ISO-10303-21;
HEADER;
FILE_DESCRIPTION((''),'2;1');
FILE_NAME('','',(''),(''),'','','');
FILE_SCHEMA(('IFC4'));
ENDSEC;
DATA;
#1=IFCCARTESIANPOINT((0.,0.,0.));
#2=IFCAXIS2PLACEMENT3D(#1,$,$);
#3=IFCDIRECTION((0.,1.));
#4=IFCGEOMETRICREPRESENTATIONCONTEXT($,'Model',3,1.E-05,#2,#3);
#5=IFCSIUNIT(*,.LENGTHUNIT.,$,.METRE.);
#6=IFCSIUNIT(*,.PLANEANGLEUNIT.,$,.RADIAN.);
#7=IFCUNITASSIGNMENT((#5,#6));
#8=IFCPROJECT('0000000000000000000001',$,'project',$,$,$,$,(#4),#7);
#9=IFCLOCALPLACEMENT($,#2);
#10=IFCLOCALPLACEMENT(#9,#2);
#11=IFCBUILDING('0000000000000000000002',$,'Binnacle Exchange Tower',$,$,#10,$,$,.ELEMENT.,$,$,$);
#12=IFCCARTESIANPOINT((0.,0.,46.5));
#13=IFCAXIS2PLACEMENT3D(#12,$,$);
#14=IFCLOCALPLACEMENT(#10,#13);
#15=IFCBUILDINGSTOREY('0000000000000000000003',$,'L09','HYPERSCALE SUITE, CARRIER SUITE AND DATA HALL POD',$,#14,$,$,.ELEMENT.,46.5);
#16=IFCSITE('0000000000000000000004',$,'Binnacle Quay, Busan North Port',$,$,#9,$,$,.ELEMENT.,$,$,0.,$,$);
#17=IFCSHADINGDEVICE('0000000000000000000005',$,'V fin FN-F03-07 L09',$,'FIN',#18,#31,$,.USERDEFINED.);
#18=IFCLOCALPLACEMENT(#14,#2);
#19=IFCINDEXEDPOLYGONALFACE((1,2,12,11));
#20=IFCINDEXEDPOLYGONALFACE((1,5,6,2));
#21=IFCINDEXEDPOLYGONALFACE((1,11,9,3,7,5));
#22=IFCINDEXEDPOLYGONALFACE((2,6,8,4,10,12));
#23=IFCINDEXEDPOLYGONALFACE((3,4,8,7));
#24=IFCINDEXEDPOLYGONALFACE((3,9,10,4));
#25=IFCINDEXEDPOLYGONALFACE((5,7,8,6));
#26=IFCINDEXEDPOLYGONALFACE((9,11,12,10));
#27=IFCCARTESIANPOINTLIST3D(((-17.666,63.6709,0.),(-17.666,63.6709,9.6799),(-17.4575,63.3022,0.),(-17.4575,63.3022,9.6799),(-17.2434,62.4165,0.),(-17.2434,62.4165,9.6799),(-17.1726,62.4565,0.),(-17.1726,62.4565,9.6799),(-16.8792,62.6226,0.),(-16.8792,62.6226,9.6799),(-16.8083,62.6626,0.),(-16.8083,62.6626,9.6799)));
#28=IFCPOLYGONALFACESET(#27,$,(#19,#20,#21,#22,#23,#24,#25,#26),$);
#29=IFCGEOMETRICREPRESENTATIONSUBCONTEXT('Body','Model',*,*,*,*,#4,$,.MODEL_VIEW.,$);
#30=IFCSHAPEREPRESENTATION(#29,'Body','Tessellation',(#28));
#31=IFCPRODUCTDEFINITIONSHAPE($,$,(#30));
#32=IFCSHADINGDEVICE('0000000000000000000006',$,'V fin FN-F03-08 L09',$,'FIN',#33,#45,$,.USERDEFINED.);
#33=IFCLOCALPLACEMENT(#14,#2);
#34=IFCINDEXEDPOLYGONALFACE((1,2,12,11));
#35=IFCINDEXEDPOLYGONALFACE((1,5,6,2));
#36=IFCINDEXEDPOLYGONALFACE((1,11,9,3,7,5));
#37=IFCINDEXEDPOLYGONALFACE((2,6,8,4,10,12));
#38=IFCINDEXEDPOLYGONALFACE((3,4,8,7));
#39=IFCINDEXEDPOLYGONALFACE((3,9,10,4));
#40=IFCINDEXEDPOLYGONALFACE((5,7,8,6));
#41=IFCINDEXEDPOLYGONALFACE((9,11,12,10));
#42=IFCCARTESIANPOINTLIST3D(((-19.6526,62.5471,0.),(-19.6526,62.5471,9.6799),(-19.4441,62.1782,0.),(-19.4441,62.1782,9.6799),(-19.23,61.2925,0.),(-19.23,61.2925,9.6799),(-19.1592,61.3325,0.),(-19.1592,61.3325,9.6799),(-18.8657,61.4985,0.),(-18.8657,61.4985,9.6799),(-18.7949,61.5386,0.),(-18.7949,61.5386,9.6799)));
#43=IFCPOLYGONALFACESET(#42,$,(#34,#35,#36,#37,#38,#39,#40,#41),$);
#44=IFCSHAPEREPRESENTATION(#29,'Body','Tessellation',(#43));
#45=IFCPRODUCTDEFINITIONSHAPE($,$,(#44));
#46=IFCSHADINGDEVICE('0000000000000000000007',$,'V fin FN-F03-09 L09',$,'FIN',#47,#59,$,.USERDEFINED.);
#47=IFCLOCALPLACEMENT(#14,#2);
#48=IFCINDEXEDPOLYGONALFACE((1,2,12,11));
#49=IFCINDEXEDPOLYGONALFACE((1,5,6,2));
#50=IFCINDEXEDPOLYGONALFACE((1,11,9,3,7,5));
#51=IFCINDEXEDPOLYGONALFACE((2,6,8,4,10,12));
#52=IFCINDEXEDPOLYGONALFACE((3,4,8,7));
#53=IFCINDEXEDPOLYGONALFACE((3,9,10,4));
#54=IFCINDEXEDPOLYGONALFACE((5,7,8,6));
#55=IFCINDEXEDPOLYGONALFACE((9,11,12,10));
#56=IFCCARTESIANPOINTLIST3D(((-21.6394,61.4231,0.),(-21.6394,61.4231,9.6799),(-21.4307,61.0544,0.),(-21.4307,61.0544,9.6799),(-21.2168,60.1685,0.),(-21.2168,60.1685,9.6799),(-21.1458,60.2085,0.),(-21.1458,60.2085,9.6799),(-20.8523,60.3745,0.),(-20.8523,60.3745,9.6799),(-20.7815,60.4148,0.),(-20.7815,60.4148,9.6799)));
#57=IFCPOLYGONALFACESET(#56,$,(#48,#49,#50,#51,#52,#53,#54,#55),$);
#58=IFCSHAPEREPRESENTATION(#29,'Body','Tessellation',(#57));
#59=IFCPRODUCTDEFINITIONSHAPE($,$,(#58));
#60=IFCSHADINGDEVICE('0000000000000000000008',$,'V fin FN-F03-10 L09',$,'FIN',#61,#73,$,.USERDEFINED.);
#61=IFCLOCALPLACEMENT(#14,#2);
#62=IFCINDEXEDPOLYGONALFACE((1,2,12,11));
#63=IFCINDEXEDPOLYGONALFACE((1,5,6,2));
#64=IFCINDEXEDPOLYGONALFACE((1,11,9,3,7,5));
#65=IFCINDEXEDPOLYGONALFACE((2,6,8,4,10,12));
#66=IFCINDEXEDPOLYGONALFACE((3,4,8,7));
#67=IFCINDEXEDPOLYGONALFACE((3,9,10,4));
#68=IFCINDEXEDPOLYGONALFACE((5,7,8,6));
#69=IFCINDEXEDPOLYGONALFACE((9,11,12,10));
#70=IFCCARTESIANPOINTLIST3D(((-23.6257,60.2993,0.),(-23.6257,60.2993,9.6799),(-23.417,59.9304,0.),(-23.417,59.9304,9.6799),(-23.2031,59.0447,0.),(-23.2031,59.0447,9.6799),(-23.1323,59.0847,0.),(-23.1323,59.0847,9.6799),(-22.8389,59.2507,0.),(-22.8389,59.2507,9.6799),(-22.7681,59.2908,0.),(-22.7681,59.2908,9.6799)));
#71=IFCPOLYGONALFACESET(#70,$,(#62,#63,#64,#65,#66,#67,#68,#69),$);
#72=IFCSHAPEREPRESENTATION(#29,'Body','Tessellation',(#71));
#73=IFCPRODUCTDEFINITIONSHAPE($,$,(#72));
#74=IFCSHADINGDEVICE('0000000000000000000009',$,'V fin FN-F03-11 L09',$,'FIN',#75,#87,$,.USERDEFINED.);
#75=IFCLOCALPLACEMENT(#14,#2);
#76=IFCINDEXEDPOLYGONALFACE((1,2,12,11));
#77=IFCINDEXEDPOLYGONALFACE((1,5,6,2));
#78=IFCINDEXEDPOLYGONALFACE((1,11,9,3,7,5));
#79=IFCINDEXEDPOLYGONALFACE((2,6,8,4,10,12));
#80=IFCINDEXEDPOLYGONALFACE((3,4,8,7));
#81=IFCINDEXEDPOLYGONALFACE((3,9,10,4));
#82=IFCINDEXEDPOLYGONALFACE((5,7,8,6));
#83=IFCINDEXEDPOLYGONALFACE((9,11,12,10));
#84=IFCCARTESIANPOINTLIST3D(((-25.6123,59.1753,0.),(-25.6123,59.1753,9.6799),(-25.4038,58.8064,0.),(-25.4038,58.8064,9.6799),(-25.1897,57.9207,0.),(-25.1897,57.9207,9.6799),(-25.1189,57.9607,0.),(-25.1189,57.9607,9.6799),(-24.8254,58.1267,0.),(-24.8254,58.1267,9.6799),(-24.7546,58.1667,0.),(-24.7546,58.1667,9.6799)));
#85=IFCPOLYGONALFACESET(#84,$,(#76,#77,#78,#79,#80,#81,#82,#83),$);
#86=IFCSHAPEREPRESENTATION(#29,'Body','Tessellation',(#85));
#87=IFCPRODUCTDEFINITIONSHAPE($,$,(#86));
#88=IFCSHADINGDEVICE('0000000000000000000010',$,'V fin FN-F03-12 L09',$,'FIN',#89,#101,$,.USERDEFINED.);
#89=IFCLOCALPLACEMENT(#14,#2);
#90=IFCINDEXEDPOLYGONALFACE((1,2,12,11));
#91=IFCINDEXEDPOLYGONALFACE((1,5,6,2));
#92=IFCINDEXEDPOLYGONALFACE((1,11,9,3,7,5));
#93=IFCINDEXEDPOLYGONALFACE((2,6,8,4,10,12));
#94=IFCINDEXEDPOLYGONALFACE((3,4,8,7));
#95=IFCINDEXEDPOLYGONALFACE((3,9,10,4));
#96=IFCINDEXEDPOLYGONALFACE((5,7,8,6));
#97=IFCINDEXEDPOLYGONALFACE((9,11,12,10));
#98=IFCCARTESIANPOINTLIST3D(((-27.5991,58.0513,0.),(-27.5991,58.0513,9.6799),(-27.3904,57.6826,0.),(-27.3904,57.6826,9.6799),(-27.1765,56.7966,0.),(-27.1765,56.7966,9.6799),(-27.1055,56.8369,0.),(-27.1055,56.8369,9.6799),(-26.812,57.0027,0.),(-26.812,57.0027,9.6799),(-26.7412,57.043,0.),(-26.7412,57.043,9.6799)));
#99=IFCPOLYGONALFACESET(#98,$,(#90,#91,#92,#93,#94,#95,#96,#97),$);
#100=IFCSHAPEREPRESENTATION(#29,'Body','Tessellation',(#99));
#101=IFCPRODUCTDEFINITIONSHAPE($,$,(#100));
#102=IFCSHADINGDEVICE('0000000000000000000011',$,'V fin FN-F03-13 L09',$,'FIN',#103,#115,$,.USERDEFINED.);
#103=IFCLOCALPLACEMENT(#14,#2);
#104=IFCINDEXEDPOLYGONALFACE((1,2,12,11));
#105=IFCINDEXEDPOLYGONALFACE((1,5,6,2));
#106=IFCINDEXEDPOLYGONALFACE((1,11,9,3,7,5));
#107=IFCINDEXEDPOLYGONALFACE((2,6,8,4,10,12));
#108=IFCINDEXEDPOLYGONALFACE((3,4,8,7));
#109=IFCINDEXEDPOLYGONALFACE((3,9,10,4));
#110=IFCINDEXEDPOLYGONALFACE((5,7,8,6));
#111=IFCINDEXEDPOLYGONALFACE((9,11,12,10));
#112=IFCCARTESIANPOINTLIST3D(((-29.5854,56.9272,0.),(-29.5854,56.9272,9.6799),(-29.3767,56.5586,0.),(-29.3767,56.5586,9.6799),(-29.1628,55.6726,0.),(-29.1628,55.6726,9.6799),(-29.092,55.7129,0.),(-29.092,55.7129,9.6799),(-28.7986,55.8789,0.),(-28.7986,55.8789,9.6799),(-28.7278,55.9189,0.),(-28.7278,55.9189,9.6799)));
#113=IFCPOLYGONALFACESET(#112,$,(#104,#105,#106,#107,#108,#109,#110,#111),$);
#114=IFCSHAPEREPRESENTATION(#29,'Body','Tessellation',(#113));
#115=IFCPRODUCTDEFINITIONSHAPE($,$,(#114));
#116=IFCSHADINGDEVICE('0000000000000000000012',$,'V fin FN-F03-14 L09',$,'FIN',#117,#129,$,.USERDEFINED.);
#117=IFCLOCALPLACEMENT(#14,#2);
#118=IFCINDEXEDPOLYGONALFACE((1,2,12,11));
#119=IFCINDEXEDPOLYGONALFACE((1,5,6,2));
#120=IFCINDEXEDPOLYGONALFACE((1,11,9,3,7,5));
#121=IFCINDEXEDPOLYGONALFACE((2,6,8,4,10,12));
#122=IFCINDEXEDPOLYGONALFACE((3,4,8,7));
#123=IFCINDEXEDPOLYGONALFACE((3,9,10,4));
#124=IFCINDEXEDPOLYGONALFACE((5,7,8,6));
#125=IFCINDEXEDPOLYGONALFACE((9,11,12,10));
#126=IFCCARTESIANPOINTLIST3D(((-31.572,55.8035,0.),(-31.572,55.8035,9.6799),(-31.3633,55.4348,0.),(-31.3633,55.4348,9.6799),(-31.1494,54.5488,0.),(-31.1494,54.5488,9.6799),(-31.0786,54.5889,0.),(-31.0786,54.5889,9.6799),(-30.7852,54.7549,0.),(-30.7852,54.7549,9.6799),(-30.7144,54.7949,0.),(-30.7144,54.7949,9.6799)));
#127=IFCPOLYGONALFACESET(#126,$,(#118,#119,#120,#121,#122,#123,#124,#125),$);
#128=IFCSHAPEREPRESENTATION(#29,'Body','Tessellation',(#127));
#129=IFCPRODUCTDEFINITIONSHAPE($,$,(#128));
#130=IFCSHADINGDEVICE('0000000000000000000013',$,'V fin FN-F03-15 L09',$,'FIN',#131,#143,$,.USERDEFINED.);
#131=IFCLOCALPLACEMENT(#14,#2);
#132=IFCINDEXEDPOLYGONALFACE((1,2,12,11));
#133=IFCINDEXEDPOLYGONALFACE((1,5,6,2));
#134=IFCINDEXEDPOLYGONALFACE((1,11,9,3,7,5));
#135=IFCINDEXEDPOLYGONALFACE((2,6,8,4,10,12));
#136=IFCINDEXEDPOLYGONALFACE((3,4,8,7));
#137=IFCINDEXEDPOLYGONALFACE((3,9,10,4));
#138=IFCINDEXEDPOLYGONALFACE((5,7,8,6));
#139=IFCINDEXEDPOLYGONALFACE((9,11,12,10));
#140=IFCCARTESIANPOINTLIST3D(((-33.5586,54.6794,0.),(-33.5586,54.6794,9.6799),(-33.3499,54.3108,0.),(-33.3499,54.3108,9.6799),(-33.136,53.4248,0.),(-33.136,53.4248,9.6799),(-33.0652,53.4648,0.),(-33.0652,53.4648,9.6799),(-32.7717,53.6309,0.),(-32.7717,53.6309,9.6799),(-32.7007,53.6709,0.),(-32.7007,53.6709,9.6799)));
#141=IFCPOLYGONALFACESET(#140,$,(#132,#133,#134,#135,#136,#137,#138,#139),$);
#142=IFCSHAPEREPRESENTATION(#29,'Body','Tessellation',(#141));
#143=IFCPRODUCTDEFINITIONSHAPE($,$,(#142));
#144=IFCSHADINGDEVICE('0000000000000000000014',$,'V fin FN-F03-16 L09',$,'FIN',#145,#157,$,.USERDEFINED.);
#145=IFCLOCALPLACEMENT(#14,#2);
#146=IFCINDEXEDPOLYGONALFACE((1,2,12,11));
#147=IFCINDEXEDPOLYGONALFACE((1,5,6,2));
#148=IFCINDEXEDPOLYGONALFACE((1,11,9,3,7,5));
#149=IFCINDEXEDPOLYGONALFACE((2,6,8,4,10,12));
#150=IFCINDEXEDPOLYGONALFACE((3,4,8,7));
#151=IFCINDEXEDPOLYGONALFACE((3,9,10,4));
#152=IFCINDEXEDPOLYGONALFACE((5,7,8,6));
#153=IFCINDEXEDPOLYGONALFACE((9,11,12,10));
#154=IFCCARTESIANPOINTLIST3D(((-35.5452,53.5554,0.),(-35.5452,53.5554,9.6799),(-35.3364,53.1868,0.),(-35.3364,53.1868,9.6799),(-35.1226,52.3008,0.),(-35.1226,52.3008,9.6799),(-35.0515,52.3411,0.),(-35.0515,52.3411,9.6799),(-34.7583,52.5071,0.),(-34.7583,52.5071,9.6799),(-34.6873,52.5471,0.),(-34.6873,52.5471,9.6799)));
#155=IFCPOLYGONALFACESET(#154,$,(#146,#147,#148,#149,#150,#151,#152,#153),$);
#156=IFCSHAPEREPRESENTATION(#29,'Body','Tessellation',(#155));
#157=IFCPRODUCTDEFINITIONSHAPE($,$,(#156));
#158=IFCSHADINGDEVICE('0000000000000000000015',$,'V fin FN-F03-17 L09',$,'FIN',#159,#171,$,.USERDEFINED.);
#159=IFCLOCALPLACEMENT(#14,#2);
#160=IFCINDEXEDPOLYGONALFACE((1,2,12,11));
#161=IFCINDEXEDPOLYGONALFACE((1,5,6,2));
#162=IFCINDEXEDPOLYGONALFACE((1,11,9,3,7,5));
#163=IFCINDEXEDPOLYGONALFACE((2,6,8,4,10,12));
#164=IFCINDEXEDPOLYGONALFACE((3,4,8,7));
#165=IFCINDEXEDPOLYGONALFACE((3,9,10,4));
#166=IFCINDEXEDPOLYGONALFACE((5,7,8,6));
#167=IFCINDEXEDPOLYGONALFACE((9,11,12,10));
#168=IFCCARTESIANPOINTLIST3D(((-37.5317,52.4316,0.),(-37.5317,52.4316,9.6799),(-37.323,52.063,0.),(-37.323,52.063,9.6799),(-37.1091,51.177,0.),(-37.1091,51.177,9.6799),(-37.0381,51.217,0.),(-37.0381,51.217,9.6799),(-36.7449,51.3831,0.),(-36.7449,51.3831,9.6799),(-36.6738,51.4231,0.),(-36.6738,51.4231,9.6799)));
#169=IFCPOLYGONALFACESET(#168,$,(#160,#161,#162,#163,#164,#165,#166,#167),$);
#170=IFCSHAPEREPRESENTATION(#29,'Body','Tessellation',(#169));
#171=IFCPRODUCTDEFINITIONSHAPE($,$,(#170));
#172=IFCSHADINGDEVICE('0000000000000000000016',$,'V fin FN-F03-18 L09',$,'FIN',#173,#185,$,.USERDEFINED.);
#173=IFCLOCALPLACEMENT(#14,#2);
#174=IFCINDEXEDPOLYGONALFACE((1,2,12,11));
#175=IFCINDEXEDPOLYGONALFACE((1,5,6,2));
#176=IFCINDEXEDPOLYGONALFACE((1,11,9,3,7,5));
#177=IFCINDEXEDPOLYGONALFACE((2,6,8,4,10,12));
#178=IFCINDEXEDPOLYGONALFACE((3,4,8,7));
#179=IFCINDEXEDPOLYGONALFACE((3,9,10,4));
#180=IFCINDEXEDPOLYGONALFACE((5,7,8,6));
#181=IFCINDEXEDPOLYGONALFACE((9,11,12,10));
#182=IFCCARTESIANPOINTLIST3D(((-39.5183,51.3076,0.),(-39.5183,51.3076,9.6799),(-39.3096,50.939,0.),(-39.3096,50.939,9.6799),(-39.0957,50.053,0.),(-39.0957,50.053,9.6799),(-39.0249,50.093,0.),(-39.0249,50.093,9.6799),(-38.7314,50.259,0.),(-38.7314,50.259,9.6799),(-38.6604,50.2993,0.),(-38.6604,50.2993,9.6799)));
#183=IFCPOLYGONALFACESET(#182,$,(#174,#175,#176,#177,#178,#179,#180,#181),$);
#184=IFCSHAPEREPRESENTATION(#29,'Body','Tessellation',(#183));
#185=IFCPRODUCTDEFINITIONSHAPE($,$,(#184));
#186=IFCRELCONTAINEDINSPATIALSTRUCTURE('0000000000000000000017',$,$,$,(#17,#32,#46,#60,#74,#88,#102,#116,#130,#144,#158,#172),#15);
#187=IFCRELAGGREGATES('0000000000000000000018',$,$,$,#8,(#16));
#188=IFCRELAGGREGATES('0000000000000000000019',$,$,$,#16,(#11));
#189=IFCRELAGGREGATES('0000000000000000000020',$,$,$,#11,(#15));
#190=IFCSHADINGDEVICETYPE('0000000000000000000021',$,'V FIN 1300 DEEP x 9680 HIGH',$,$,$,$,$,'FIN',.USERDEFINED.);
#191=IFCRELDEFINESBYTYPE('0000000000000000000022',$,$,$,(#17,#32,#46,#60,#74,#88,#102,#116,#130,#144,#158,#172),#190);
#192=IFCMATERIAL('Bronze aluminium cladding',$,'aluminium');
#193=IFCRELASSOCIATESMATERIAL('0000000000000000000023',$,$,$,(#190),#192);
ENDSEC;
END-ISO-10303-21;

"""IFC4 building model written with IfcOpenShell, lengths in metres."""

from ifc_helpers import new_model, si_unit, direction, frame, origin, place, context, subcontext, project, spatial, polyline, outline, extrude, material, type_object, element, save


model = new_model("IFC4")

# Units and contexts
model_context = context("Model", 3, precision=1e-05, world=origin(), true_north=direction((0.0, 1.0)))
body_context = subcontext(model_context, "Body", "Model", "MODEL_VIEW")
ifc_project = project(units=[si_unit("LENGTHUNIT", "METRE"), si_unit("PLANEANGLEUNIT", "RADIAN")], contexts=[model_context])

# Site, building, storey
site_placement = place(None, origin())
site = spatial("IfcSite", under=ifc_project, at=site_placement, Name="Binnacle Quay, Busan North Port", CompositionType="ELEMENT", RefElevation=0.0)
building_placement = place(site_placement, origin())
building = spatial("IfcBuilding", under=site, at=building_placement, Name="Binnacle Exchange Tower", CompositionType="ELEMENT")
storey_placement = place(building_placement, frame((0.0, 0.0, 46.5)))
storey = spatial("IfcBuildingStorey", under=building, at=storey_placement, Name="L09", Description="HYPERSCALE SUITE, CARRIER SUITE AND DATA HALL POD", CompositionType="ELEMENT", Elevation=46.5)

# Shading devices
ifc_material = material(Name="Bronze aluminium cladding", Category="aluminium")
shading_device_type = type_object("IfcShadingDeviceType", Name="V FIN 1300 DEEP x 9680 HIGH", ElementType="FIN", PredefinedType="USERDEFINED", material=ifc_material)
shading_device_1_placement = place(storey_placement, origin())
element("IfcShadingDevice", 1, at=shading_device_1_placement, inside=storey, type_object=shading_device_type, Name="V fin FN-F03-07 L09", ObjectType="FIN", PredefinedType="USERDEFINED", context=body_context, shape_type="SweptSolid", body=[
    extrude(outline(polyline([(-16.8083, 62.6626), (-17.666, 63.6709), (-17.2434, 62.4165), (-17.1726, 62.4565), (-17.4575, 63.3022), (-16.8792, 62.6226), (-16.8083, 62.6626)])), origin(), (0.0, 0.0, 1.0), 9.6799),
])
shading_device_2_placement = place(storey_placement, origin())
element("IfcShadingDevice", 2, at=shading_device_2_placement, inside=storey, type_object=shading_device_type, Name="V fin FN-F03-08 L09", ObjectType="FIN", PredefinedType="USERDEFINED", context=body_context, shape_type="SweptSolid", body=[
    extrude(outline(polyline([(-18.7949, 61.5386), (-19.6526, 62.5471), (-19.23, 61.2925), (-19.1592, 61.3325), (-19.4441, 62.1782), (-18.8657, 61.4985), (-18.7949, 61.5386)])), origin(), (0.0, 0.0, 1.0), 9.6799),
])
shading_device_3_placement = place(storey_placement, origin())
element("IfcShadingDevice", 3, at=shading_device_3_placement, inside=storey, type_object=shading_device_type, Name="V fin FN-F03-09 L09", ObjectType="FIN", PredefinedType="USERDEFINED", context=body_context, shape_type="SweptSolid", body=[
    extrude(outline(polyline([(-20.7815, 60.4148), (-21.6394, 61.4231), (-21.2168, 60.1685), (-21.1458, 60.2085), (-21.4307, 61.0544), (-20.8523, 60.3745), (-20.7815, 60.4148)])), origin(), (0.0, 0.0, 1.0), 9.6799),
])
shading_device_4_placement = place(storey_placement, origin())
element("IfcShadingDevice", 4, at=shading_device_4_placement, inside=storey, type_object=shading_device_type, Name="V fin FN-F03-10 L09", ObjectType="FIN", PredefinedType="USERDEFINED", context=body_context, shape_type="SweptSolid", body=[
    extrude(outline(polyline([(-22.7681, 59.2908), (-23.6257, 60.2993), (-23.2031, 59.0447), (-23.1323, 59.0847), (-23.417, 59.9304), (-22.8389, 59.2507), (-22.7681, 59.2908)])), origin(), (0.0, 0.0, 1.0), 9.6799),
])
shading_device_5_placement = place(storey_placement, origin())
element("IfcShadingDevice", 5, at=shading_device_5_placement, inside=storey, type_object=shading_device_type, Name="V fin FN-F03-11 L09", ObjectType="FIN", PredefinedType="USERDEFINED", context=body_context, shape_type="SweptSolid", body=[
    extrude(outline(polyline([(-24.7546, 58.1667), (-25.6123, 59.1753), (-25.1897, 57.9207), (-25.1189, 57.9607), (-25.4038, 58.8064), (-24.8254, 58.1267), (-24.7546, 58.1667)])), origin(), (0.0, 0.0, 1.0), 9.6799),
])
shading_device_6_placement = place(storey_placement, origin())
element("IfcShadingDevice", 6, at=shading_device_6_placement, inside=storey, type_object=shading_device_type, Name="V fin FN-F03-12 L09", ObjectType="FIN", PredefinedType="USERDEFINED", context=body_context, shape_type="SweptSolid", body=[
    extrude(outline(polyline([(-26.7412, 57.043), (-27.5991, 58.0513), (-27.1765, 56.7966), (-27.1055, 56.8369), (-27.3904, 57.6826), (-26.812, 57.0027), (-26.7412, 57.043)])), origin(), (0.0, 0.0, 1.0), 9.6799),
])
shading_device_7_placement = place(storey_placement, origin())
element("IfcShadingDevice", 7, at=shading_device_7_placement, inside=storey, type_object=shading_device_type, Name="V fin FN-F03-13 L09", ObjectType="FIN", PredefinedType="USERDEFINED", context=body_context, shape_type="SweptSolid", body=[
    extrude(outline(polyline([(-28.7278, 55.9189), (-29.5854, 56.9272), (-29.1628, 55.6726), (-29.092, 55.7129), (-29.3767, 56.5586), (-28.7986, 55.8789), (-28.7278, 55.9189)])), origin(), (0.0, 0.0, 1.0), 9.6799),
])
shading_device_8_placement = place(storey_placement, origin())
element("IfcShadingDevice", 8, at=shading_device_8_placement, inside=storey, type_object=shading_device_type, Name="V fin FN-F03-14 L09", ObjectType="FIN", PredefinedType="USERDEFINED", context=body_context, shape_type="SweptSolid", body=[
    extrude(outline(polyline([(-30.7144, 54.7949), (-31.572, 55.8035), (-31.1494, 54.5488), (-31.0786, 54.5889), (-31.3633, 55.4348), (-30.7852, 54.7549), (-30.7144, 54.7949)])), origin(), (0.0, 0.0, 1.0), 9.6799),
])
shading_device_9_placement = place(storey_placement, origin())
element("IfcShadingDevice", 9, at=shading_device_9_placement, inside=storey, type_object=shading_device_type, Name="V fin FN-F03-15 L09", ObjectType="FIN", PredefinedType="USERDEFINED", context=body_context, shape_type="SweptSolid", body=[
    extrude(outline(polyline([(-32.7007, 53.6709), (-33.5586, 54.6794), (-33.136, 53.4248), (-33.0652, 53.4648), (-33.3499, 54.3108), (-32.7717, 53.6309), (-32.7007, 53.6709)])), origin(), (0.0, 0.0, 1.0), 9.6799),
])
shading_device_10_placement = place(storey_placement, origin())
element("IfcShadingDevice", 10, at=shading_device_10_placement, inside=storey, type_object=shading_device_type, Name="V fin FN-F03-16 L09", ObjectType="FIN", PredefinedType="USERDEFINED", context=body_context, shape_type="SweptSolid", body=[
    extrude(outline(polyline([(-34.6873, 52.5471), (-35.5452, 53.5554), (-35.1226, 52.3008), (-35.0515, 52.3411), (-35.3364, 53.1868), (-34.7583, 52.5071), (-34.6873, 52.5471)])), origin(), (0.0, 0.0, 1.0), 9.6799),
])
shading_device_11_placement = place(storey_placement, origin())
element("IfcShadingDevice", 11, at=shading_device_11_placement, inside=storey, type_object=shading_device_type, Name="V fin FN-F03-17 L09", ObjectType="FIN", PredefinedType="USERDEFINED", context=body_context, shape_type="SweptSolid", body=[
    extrude(outline(polyline([(-36.6738, 51.4231), (-37.5317, 52.4316), (-37.1091, 51.177), (-37.0381, 51.217), (-37.323, 52.063), (-36.7449, 51.3831), (-36.6738, 51.4231)])), origin(), (0.0, 0.0, 1.0), 9.6799),
])
shading_device_12_placement = place(storey_placement, origin())
element("IfcShadingDevice", 12, at=shading_device_12_placement, inside=storey, type_object=shading_device_type, Name="V fin FN-F03-18 L09", ObjectType="FIN", PredefinedType="USERDEFINED", context=body_context, shape_type="SweptSolid", body=[
    extrude(outline(polyline([(-38.6604, 50.2993), (-39.5183, 51.3076), (-39.0957, 50.053), (-39.0249, 50.093), (-39.3096, 50.939), (-38.7314, 50.259), (-38.6604, 50.2993)])), origin(), (0.0, 0.0, 1.0), 9.6799),
])

save(model, "model.ifc")
